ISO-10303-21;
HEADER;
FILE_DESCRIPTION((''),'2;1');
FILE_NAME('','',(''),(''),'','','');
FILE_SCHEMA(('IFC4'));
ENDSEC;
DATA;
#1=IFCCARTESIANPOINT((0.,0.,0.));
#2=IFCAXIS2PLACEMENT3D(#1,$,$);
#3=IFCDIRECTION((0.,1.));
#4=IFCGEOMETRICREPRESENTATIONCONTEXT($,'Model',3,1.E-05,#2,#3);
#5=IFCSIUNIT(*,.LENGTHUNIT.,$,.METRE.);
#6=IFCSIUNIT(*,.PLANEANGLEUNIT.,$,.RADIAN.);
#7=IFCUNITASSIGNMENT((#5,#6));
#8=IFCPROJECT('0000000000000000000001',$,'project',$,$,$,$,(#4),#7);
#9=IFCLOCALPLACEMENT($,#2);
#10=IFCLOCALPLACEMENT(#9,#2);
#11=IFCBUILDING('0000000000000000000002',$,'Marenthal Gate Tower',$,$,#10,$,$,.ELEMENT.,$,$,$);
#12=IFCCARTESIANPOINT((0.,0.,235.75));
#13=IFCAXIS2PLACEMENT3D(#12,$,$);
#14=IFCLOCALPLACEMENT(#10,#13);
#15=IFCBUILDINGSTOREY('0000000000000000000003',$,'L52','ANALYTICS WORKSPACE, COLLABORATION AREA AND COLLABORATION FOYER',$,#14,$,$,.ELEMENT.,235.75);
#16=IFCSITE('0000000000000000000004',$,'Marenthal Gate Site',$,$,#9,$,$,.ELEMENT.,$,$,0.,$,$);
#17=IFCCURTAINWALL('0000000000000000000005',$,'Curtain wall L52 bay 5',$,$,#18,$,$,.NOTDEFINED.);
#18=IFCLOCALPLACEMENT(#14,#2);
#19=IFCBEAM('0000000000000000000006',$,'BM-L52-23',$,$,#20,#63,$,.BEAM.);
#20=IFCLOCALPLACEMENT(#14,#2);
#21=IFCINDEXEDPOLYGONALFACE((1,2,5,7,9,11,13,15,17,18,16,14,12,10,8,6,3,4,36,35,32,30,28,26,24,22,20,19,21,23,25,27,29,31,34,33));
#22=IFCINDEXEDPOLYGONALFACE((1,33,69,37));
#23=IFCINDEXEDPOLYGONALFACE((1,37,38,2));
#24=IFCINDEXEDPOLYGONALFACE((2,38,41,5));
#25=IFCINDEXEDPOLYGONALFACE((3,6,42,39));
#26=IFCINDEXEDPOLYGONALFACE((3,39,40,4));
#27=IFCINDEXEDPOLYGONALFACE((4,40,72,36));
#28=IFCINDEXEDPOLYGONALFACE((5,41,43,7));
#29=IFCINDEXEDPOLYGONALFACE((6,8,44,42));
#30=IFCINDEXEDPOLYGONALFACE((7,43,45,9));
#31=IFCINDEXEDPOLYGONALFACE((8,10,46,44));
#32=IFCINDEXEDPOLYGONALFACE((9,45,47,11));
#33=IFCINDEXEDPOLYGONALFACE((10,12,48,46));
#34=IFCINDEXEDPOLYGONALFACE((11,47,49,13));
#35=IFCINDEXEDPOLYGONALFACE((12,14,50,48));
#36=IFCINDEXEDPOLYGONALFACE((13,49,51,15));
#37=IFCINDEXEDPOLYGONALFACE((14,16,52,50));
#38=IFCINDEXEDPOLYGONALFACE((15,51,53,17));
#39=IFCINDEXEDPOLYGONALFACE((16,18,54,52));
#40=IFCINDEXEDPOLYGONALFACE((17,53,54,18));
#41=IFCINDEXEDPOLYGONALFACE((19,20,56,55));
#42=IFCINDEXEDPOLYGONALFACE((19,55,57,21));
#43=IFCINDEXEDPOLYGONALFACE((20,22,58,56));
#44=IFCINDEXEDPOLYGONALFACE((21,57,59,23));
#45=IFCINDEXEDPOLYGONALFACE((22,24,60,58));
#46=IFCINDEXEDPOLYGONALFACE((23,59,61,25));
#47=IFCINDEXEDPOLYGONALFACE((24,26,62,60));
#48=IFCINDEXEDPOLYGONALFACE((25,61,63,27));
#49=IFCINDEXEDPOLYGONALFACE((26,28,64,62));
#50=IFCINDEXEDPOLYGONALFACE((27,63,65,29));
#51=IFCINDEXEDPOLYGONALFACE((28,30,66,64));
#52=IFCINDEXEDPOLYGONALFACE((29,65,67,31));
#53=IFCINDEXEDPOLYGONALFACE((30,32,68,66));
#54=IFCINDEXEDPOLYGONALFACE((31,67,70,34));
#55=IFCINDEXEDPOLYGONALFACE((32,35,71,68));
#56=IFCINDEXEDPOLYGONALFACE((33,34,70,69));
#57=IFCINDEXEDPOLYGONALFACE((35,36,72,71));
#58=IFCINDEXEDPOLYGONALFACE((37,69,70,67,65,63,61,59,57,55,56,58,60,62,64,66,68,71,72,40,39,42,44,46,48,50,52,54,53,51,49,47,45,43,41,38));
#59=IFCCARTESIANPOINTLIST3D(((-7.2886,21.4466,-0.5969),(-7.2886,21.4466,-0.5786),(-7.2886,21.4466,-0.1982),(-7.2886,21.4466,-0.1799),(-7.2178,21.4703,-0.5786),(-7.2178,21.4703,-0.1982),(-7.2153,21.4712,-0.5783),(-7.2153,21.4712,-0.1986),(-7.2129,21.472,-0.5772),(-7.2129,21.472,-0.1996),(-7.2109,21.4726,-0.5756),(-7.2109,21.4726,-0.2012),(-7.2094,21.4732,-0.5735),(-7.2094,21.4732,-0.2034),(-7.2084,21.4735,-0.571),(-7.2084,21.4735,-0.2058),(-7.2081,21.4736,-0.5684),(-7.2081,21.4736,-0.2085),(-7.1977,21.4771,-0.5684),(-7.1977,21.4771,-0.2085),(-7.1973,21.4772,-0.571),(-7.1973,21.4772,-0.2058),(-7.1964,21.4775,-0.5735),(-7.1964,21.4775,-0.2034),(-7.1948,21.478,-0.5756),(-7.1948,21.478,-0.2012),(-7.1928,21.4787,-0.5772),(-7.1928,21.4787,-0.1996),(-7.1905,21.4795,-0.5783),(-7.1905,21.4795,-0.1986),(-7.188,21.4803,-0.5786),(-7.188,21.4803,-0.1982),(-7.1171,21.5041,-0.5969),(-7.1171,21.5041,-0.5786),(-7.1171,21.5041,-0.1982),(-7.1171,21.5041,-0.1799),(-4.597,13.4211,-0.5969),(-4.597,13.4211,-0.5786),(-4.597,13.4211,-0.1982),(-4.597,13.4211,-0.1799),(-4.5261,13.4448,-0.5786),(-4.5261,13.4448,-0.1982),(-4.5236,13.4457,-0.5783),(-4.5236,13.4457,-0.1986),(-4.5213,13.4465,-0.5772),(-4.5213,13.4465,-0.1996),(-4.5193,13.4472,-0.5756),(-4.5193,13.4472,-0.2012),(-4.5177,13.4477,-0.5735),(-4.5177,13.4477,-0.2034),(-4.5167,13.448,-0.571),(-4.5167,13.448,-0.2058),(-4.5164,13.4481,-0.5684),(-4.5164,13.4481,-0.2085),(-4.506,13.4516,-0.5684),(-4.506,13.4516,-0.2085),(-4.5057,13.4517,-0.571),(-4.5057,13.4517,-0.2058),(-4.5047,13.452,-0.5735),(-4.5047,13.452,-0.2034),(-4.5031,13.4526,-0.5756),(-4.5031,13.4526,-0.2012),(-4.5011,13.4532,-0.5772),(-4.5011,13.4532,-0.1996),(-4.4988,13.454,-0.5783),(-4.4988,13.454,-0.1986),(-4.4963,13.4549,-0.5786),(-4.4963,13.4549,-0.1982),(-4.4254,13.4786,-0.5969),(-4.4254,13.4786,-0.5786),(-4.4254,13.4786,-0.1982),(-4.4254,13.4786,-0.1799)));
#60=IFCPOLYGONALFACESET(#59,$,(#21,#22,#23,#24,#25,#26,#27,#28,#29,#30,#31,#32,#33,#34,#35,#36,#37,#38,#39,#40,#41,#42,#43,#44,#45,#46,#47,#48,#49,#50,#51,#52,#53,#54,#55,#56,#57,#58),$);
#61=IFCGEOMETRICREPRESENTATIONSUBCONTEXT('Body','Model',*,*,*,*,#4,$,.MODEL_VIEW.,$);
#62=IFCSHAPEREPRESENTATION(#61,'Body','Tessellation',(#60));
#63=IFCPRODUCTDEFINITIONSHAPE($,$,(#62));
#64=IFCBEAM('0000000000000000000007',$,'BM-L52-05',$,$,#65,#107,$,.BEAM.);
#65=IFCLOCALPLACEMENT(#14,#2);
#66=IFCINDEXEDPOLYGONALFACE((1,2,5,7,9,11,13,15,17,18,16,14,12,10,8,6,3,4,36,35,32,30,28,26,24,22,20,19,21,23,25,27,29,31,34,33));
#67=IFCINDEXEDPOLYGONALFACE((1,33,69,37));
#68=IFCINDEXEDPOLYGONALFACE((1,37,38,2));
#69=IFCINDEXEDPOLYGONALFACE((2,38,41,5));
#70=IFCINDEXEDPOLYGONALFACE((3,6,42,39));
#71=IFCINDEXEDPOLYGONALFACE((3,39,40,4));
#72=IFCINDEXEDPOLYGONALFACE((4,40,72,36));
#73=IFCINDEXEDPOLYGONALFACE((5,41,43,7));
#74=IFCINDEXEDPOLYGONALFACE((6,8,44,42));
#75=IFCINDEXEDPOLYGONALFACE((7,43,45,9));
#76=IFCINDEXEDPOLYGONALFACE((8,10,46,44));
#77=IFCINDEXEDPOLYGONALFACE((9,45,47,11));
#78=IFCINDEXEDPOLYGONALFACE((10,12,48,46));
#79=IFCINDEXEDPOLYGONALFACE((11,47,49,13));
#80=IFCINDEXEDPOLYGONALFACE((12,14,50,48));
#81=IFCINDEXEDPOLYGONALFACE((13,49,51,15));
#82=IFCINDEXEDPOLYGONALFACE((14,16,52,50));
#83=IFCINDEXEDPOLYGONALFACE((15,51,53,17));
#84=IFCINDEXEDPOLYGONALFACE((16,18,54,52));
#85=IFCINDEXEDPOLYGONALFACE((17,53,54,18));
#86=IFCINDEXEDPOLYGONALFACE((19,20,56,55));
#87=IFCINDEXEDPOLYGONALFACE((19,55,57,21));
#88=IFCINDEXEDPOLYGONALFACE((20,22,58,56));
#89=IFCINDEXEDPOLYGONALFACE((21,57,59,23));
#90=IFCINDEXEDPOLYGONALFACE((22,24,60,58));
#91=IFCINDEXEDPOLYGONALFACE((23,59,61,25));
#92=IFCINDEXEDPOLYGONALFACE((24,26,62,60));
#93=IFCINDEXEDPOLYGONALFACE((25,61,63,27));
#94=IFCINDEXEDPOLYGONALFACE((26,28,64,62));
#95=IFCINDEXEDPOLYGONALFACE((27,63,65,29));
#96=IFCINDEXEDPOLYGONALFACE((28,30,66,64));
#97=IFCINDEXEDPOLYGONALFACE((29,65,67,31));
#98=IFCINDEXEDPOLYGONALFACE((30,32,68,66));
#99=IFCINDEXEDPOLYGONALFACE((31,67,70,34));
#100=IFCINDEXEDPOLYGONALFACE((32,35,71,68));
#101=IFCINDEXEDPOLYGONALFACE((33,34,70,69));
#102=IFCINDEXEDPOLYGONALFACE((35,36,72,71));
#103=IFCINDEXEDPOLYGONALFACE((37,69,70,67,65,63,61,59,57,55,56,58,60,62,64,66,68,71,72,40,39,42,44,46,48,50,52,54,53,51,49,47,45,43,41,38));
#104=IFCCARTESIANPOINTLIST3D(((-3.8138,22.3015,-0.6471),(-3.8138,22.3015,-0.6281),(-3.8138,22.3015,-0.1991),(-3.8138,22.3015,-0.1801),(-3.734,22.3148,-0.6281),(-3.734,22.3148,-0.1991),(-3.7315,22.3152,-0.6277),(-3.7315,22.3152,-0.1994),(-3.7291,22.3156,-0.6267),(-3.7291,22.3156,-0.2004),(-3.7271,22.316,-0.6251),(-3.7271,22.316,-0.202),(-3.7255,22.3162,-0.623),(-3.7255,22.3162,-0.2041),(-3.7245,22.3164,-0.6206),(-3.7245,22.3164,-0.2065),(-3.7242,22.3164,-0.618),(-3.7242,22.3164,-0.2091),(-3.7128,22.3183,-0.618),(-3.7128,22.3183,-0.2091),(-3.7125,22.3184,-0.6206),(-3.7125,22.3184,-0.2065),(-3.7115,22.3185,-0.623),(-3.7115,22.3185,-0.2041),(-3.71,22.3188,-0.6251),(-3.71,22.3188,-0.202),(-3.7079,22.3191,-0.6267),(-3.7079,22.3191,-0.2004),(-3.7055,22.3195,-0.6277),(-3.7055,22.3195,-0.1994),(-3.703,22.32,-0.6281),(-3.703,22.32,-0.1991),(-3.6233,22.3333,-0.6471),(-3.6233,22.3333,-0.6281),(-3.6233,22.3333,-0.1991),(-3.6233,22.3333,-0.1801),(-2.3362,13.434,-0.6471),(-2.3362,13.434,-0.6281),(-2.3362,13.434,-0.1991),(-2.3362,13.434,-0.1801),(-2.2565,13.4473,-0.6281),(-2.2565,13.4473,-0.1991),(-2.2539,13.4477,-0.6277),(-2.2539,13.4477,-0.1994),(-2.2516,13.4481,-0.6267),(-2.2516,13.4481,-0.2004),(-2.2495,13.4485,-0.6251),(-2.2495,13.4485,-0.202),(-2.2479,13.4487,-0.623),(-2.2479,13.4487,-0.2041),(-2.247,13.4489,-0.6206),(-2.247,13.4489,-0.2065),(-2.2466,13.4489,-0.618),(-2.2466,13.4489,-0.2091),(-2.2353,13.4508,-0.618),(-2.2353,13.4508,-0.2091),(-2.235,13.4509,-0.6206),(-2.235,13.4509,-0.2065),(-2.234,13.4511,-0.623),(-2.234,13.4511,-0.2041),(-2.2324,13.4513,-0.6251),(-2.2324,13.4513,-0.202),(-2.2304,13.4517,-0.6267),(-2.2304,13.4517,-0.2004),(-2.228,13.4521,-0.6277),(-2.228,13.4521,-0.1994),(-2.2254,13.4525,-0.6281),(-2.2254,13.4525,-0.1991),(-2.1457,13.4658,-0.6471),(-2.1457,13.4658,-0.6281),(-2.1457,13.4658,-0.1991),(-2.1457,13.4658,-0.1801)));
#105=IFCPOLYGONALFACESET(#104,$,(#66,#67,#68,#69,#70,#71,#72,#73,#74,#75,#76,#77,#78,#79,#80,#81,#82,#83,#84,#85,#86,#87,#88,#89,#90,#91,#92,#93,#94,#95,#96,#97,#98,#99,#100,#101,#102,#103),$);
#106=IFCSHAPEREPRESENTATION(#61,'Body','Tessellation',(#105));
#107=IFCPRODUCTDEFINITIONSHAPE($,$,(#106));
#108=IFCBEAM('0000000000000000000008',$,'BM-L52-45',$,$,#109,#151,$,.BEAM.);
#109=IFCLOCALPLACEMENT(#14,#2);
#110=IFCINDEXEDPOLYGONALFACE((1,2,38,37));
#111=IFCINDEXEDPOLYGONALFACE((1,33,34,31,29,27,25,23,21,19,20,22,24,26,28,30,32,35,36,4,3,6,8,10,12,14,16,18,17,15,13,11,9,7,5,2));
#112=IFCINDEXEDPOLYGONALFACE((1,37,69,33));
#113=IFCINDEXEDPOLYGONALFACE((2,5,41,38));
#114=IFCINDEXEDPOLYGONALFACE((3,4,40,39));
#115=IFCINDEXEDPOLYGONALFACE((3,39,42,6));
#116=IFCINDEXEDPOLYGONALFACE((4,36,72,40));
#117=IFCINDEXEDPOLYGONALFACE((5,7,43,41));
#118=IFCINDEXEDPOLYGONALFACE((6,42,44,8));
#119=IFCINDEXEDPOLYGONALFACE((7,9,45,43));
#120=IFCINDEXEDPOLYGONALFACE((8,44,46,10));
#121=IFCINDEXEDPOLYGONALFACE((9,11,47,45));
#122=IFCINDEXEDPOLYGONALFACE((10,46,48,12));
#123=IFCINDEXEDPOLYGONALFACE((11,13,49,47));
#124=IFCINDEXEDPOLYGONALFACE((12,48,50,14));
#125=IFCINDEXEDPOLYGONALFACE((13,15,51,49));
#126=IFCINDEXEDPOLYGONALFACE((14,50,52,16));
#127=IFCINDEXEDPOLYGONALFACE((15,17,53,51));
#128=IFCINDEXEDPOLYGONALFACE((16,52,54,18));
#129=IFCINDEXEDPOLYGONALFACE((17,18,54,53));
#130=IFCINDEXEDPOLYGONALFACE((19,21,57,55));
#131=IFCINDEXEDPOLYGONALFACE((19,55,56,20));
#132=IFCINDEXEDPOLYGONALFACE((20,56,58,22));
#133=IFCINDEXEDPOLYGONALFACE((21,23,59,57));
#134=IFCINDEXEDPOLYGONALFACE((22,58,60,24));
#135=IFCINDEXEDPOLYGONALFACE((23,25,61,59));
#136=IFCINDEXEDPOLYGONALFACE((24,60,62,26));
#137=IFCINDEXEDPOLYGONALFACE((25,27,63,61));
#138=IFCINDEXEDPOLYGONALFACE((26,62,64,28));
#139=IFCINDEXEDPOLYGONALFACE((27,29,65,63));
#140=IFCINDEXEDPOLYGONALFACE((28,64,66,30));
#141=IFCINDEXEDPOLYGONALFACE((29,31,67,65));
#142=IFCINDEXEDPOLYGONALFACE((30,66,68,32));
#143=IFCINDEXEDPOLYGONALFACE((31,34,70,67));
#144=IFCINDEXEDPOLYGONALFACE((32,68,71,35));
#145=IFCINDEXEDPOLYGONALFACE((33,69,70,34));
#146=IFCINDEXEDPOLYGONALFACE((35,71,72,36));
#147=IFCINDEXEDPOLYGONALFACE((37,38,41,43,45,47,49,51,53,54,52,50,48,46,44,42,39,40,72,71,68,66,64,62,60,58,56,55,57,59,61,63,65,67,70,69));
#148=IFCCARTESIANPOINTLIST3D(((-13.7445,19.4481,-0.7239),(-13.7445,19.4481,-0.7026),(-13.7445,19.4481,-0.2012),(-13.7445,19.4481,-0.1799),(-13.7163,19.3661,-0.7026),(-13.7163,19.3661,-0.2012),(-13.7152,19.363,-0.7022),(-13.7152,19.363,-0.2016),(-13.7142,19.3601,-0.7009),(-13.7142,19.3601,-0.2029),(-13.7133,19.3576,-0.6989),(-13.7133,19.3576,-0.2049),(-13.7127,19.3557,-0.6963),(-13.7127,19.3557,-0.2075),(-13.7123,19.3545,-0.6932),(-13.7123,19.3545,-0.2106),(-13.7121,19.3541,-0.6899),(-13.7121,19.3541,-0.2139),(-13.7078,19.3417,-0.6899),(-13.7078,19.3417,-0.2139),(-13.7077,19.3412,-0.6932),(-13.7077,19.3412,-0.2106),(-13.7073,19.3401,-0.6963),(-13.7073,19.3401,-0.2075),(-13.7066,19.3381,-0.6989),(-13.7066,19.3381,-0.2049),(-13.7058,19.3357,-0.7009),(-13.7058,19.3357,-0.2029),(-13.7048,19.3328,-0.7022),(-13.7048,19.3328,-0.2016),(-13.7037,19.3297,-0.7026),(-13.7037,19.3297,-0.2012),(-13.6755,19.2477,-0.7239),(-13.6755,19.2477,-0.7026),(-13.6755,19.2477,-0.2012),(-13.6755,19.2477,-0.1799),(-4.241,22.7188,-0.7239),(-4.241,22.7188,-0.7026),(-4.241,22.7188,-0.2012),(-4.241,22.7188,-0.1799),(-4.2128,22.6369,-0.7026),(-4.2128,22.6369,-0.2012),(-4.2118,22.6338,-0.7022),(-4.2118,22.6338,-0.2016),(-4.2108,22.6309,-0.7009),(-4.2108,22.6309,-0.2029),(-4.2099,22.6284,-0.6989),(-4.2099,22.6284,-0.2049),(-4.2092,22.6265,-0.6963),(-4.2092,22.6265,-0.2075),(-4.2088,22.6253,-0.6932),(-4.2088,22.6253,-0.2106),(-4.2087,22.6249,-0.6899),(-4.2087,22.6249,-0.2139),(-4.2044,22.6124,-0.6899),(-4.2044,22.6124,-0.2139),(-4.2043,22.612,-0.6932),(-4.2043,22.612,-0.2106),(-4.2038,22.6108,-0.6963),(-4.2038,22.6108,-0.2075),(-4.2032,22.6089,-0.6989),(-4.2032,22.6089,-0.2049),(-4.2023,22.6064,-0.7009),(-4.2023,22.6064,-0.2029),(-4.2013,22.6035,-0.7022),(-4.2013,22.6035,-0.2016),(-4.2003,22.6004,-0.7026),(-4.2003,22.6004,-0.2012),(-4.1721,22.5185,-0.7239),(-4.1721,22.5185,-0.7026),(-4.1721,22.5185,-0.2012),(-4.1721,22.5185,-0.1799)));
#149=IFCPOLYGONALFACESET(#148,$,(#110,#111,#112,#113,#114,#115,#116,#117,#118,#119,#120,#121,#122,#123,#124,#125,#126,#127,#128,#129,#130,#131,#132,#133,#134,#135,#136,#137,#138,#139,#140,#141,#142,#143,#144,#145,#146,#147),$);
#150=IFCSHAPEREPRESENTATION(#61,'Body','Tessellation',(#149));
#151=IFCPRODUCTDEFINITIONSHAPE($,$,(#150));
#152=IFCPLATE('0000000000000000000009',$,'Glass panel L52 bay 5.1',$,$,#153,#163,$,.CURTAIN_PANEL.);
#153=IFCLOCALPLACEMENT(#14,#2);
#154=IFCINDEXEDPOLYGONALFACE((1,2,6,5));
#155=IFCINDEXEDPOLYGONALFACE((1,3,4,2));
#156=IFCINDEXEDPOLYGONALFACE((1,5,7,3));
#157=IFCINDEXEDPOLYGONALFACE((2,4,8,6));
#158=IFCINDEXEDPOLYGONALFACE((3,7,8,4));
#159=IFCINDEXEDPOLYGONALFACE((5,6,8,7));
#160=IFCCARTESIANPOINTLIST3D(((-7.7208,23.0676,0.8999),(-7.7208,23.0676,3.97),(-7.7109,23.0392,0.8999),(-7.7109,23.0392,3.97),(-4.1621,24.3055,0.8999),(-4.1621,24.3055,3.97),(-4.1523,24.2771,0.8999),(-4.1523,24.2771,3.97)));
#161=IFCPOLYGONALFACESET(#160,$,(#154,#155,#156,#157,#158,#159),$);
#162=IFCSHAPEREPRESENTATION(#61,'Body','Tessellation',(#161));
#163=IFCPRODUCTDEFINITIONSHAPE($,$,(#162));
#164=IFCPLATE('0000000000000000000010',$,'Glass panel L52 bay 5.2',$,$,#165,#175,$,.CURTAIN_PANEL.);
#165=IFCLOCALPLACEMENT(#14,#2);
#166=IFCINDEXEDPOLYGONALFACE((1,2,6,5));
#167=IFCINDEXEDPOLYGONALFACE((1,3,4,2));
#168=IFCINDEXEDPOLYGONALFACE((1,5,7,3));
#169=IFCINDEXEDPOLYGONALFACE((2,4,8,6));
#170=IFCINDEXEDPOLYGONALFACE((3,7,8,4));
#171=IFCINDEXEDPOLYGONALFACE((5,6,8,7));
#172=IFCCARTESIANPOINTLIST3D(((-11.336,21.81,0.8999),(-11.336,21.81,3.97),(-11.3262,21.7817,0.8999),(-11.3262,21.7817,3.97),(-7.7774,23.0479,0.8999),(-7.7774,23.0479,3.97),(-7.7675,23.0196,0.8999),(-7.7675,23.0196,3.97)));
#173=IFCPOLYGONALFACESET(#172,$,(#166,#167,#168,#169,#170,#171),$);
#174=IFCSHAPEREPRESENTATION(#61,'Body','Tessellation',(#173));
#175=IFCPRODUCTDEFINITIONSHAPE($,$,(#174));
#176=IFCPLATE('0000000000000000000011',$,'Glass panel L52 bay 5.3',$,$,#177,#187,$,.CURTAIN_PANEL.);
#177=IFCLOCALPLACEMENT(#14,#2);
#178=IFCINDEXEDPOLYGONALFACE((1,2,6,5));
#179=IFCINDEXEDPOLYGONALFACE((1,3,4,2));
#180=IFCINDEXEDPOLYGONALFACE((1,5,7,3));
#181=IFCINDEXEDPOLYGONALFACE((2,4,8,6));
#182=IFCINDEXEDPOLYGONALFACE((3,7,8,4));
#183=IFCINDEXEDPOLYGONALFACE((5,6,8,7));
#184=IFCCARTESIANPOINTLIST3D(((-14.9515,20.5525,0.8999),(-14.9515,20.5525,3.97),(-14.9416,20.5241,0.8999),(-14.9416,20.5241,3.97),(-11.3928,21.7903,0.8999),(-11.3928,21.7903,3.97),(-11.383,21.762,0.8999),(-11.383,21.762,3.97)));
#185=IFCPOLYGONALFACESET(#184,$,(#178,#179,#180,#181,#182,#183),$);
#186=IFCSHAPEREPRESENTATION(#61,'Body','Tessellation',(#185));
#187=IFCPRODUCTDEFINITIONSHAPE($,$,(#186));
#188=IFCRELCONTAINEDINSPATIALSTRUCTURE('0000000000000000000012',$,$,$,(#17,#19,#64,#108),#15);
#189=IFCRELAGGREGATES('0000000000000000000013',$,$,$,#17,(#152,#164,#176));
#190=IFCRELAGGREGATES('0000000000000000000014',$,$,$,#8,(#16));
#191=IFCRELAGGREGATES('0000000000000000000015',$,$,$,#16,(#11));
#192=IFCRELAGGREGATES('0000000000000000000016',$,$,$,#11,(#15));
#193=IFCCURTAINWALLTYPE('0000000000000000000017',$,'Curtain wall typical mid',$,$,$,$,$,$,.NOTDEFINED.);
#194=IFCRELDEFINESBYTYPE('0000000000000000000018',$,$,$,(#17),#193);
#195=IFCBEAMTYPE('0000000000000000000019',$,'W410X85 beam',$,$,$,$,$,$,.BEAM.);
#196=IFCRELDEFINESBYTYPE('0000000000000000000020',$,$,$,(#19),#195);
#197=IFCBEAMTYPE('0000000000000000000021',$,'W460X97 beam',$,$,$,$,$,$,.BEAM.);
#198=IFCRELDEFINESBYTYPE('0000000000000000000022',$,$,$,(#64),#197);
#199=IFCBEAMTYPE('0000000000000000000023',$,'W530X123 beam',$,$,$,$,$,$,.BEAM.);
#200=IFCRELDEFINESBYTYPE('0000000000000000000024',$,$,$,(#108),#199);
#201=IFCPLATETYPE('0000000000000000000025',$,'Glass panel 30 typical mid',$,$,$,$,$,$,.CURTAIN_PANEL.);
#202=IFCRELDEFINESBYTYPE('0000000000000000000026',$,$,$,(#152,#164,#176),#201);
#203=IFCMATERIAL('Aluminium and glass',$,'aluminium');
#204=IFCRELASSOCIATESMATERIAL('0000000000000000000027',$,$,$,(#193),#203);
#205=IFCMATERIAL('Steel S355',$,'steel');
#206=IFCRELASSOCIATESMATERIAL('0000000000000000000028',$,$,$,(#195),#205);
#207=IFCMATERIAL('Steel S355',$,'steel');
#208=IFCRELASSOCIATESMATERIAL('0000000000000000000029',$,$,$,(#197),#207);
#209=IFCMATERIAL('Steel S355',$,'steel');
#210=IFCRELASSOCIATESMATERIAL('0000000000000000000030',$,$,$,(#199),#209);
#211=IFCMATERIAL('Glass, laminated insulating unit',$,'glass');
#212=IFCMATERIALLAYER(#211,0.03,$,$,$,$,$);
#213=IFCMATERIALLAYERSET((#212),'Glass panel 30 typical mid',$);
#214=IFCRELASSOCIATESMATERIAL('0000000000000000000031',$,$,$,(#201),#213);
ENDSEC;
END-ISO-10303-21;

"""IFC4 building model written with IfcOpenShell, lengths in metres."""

from ifc_helpers import new_model, si_unit, direction, frame, origin, origin_2d, place, context, subcontext, project, spatial, rectangle, i_section, extrude, material, layer, layer_set, material_profile, profile_set, type_object, element, aggregate, save


model = new_model("IFC4")

# Units and contexts
model_context = context("Model", 3, precision=1e-05, world=origin(), true_north=direction((0.0, 1.0)))
body_context = subcontext(model_context, "Body", "Model", "MODEL_VIEW")
ifc_project = project(units=[si_unit("LENGTHUNIT", "METRE"), si_unit("PLANEANGLEUNIT", "RADIAN")], contexts=[model_context])

# Site, building, storey
site_placement = place(None, origin())
site = spatial("IfcSite", under=ifc_project, at=site_placement, Name="Marenthal Gate Site", CompositionType="ELEMENT", RefElevation=0.0)
building_placement = place(site_placement, origin())
building = spatial("IfcBuilding", under=site, at=building_placement, Name="Marenthal Gate Tower", CompositionType="ELEMENT")
storey_placement = place(building_placement, frame((0.0, 0.0, 235.75)))
storey = spatial("IfcBuildingStorey", under=building, at=storey_placement, Name="L52", Description="ANALYTICS WORKSPACE, COLLABORATION AREA AND COLLABORATION FOYER", CompositionType="ELEMENT", Elevation=235.75)

# Curtain wall
ifc_material_1 = material(Name="Aluminium and glass", Category="aluminium")
curtain_wall_type = type_object("IfcCurtainWallType", Name="Curtain wall typical mid", PredefinedType="NOTDEFINED", material=ifc_material_1)
curtain_wall_placement = place(storey_placement, origin())
curtain_wall = element("IfcCurtainWall", 1, at=curtain_wall_placement, inside=storey, type_object=curtain_wall_type, Name="Curtain wall L52 bay 5", PredefinedType="NOTDEFINED")

# Beams
ifc_material_2 = material(Name="Steel S355", Category="steel")
ifc_material_profile_1 = material_profile(ifc_material_2, i_section(OverallWidth=0.1809, OverallDepth=0.417, WebThickness=0.011, FlangeThickness=0.0183, FilletRadius=0.0103, at=origin_2d()), Name="W410X85")
ifc_profile_set_1 = profile_set([ifc_material_profile_1], Name="Steel S355")
beam_type_1 = type_object("IfcBeamType", Name="W410X85 beam", PredefinedType="BEAM", material=ifc_profile_set_1)
beam_1_placement = place(storey_placement, frame((-7.2029, 21.4753, -0.3884), z_axis=(0.317984, -0.948096, 0.0), x_axis=(0.948096, 0.317984, 0.0)))
element("IfcBeam", 2, at=beam_1_placement, inside=storey, type_object=beam_type_1, Name="BM-L52-23", PredefinedType="BEAM", context=body_context, shape_type="SweptSolid", body=[
    extrude(i_section(OverallWidth=0.1809, OverallDepth=0.417, WebThickness=0.011, FlangeThickness=0.0183, FilletRadius=0.0103, at=origin_2d()), origin(), (0.0, 0.0, 1.0), 8.4648),
])
ifc_material_3 = material(Name="Steel S355", Category="steel")
ifc_material_profile_2 = material_profile(ifc_material_3, i_section(OverallWidth=0.1931, OverallDepth=0.467, WebThickness=0.0115, FlangeThickness=0.019, FilletRadius=0.01, at=origin_2d()), Name="W460X97")
ifc_profile_set_2 = profile_set([ifc_material_profile_2], Name="Steel S355")
beam_type_2 = type_object("IfcBeamType", Name="W460X97 beam", PredefinedType="BEAM", material=ifc_profile_set_2)
beam_2_placement = place(storey_placement, frame((-3.7185, 22.3174, -0.4136), z_axis=(0.164359, -0.986401, 0.0), x_axis=(0.986401, 0.164359, 0.0)))
element("IfcBeam", 3, at=beam_2_placement, inside=storey, type_object=beam_type_2, Name="BM-L52-05", PredefinedType="BEAM", context=body_context, shape_type="SweptSolid", body=[
    extrude(i_section(OverallWidth=0.1931, OverallDepth=0.467, WebThickness=0.0115, FlangeThickness=0.019, FilletRadius=0.01, at=origin_2d()), origin(), (0.0, 0.0, 1.0), 8.9897),
])
ifc_material_4 = material(Name="Steel S355", Category="steel")
ifc_material_profile_3 = material_profile(ifc_material_4, i_section(OverallWidth=0.2119, OverallDepth=0.5439, WebThickness=0.0132, FlangeThickness=0.0212, FilletRadius=0.0127, at=origin_2d()), Name="W530X123")
ifc_profile_set_3 = profile_set([ifc_material_profile_3], Name="Steel S355")
beam_type_3 = type_object("IfcBeamType", Name="W530X123 beam", PredefinedType="BEAM", material=ifc_profile_set_3)
beam_3_placement = place(storey_placement, frame((-4.2065, 22.6187, -0.4519), z_axis=(-0.945566, -0.325431, 0.0), x_axis=(0.325431, -0.945566, 0.0)))
element("IfcBeam", 4, at=beam_3_placement, inside=storey, type_object=beam_type_3, Name="BM-L52-45", PredefinedType="BEAM", context=body_context, shape_type="SweptSolid", body=[
    extrude(i_section(OverallWidth=0.2119, OverallDepth=0.5439, WebThickness=0.0132, FlangeThickness=0.0212, FilletRadius=0.0127, at=origin_2d()), origin(), (0.0, 0.0, 1.0), 10.0505),
])

# Plates
ifc_material_5 = material(Name="Glass, laminated insulating unit", Category="glass")
ifc_layer_1 = layer(ifc_material_5, 0.03)
ifc_layer_set_1 = layer_set([ifc_layer_1], Name="Glass panel 30 typical mid")
plate_type = type_object("IfcPlateType", Name="Glass panel 30 typical mid", PredefinedType="CURTAIN_PANEL", material=ifc_layer_set_1)
plate_1_placement = place(storey_placement, frame((-5.9365, 23.6724, 0.8999), z_axis=(0.0, 0.0, 1.0), x_axis=(-0.94449, -0.32854, 0.0)))
plate_1 = element("IfcPlate", 5, at=plate_1_placement, type_object=plate_type, Name="Glass panel L52 bay 5.1", PredefinedType="CURTAIN_PANEL", context=body_context, shape_type="SweptSolid", body=[
    extrude(rectangle(XDim=3.7678, YDim=0.03, at=origin_2d()), origin(), (0.0, 0.0, 1.0), 3.0701),
])
plate_2_placement = place(storey_placement, frame((-9.5518, 22.4148, 0.8999), z_axis=(0.0, 0.0, 1.0), x_axis=(-0.94449, -0.32854, 0.0)))
plate_2 = element("IfcPlate", 6, at=plate_2_placement, type_object=plate_type, Name="Glass panel L52 bay 5.2", PredefinedType="CURTAIN_PANEL", context=body_context, shape_type="SweptSolid", body=[
    extrude(rectangle(XDim=3.7678, YDim=0.03, at=origin_2d()), origin(), (0.0, 0.0, 1.0), 3.0701),
])
plate_3_placement = place(storey_placement, frame((-13.1672, 21.1572, 0.8999), z_axis=(0.0, 0.0, 1.0), x_axis=(-0.94449, -0.32854, 0.0)))
plate_3 = element("IfcPlate", 7, at=plate_3_placement, type_object=plate_type, Name="Glass panel L52 bay 5.3", PredefinedType="CURTAIN_PANEL", context=body_context, shape_type="SweptSolid", body=[
    extrude(rectangle(XDim=3.7678, YDim=0.03, at=origin_2d()), origin(), (0.0, 0.0, 1.0), 3.0701),
])
aggregate(curtain_wall, [plate_1, plate_2, plate_3])

save(model, "model.ifc")
